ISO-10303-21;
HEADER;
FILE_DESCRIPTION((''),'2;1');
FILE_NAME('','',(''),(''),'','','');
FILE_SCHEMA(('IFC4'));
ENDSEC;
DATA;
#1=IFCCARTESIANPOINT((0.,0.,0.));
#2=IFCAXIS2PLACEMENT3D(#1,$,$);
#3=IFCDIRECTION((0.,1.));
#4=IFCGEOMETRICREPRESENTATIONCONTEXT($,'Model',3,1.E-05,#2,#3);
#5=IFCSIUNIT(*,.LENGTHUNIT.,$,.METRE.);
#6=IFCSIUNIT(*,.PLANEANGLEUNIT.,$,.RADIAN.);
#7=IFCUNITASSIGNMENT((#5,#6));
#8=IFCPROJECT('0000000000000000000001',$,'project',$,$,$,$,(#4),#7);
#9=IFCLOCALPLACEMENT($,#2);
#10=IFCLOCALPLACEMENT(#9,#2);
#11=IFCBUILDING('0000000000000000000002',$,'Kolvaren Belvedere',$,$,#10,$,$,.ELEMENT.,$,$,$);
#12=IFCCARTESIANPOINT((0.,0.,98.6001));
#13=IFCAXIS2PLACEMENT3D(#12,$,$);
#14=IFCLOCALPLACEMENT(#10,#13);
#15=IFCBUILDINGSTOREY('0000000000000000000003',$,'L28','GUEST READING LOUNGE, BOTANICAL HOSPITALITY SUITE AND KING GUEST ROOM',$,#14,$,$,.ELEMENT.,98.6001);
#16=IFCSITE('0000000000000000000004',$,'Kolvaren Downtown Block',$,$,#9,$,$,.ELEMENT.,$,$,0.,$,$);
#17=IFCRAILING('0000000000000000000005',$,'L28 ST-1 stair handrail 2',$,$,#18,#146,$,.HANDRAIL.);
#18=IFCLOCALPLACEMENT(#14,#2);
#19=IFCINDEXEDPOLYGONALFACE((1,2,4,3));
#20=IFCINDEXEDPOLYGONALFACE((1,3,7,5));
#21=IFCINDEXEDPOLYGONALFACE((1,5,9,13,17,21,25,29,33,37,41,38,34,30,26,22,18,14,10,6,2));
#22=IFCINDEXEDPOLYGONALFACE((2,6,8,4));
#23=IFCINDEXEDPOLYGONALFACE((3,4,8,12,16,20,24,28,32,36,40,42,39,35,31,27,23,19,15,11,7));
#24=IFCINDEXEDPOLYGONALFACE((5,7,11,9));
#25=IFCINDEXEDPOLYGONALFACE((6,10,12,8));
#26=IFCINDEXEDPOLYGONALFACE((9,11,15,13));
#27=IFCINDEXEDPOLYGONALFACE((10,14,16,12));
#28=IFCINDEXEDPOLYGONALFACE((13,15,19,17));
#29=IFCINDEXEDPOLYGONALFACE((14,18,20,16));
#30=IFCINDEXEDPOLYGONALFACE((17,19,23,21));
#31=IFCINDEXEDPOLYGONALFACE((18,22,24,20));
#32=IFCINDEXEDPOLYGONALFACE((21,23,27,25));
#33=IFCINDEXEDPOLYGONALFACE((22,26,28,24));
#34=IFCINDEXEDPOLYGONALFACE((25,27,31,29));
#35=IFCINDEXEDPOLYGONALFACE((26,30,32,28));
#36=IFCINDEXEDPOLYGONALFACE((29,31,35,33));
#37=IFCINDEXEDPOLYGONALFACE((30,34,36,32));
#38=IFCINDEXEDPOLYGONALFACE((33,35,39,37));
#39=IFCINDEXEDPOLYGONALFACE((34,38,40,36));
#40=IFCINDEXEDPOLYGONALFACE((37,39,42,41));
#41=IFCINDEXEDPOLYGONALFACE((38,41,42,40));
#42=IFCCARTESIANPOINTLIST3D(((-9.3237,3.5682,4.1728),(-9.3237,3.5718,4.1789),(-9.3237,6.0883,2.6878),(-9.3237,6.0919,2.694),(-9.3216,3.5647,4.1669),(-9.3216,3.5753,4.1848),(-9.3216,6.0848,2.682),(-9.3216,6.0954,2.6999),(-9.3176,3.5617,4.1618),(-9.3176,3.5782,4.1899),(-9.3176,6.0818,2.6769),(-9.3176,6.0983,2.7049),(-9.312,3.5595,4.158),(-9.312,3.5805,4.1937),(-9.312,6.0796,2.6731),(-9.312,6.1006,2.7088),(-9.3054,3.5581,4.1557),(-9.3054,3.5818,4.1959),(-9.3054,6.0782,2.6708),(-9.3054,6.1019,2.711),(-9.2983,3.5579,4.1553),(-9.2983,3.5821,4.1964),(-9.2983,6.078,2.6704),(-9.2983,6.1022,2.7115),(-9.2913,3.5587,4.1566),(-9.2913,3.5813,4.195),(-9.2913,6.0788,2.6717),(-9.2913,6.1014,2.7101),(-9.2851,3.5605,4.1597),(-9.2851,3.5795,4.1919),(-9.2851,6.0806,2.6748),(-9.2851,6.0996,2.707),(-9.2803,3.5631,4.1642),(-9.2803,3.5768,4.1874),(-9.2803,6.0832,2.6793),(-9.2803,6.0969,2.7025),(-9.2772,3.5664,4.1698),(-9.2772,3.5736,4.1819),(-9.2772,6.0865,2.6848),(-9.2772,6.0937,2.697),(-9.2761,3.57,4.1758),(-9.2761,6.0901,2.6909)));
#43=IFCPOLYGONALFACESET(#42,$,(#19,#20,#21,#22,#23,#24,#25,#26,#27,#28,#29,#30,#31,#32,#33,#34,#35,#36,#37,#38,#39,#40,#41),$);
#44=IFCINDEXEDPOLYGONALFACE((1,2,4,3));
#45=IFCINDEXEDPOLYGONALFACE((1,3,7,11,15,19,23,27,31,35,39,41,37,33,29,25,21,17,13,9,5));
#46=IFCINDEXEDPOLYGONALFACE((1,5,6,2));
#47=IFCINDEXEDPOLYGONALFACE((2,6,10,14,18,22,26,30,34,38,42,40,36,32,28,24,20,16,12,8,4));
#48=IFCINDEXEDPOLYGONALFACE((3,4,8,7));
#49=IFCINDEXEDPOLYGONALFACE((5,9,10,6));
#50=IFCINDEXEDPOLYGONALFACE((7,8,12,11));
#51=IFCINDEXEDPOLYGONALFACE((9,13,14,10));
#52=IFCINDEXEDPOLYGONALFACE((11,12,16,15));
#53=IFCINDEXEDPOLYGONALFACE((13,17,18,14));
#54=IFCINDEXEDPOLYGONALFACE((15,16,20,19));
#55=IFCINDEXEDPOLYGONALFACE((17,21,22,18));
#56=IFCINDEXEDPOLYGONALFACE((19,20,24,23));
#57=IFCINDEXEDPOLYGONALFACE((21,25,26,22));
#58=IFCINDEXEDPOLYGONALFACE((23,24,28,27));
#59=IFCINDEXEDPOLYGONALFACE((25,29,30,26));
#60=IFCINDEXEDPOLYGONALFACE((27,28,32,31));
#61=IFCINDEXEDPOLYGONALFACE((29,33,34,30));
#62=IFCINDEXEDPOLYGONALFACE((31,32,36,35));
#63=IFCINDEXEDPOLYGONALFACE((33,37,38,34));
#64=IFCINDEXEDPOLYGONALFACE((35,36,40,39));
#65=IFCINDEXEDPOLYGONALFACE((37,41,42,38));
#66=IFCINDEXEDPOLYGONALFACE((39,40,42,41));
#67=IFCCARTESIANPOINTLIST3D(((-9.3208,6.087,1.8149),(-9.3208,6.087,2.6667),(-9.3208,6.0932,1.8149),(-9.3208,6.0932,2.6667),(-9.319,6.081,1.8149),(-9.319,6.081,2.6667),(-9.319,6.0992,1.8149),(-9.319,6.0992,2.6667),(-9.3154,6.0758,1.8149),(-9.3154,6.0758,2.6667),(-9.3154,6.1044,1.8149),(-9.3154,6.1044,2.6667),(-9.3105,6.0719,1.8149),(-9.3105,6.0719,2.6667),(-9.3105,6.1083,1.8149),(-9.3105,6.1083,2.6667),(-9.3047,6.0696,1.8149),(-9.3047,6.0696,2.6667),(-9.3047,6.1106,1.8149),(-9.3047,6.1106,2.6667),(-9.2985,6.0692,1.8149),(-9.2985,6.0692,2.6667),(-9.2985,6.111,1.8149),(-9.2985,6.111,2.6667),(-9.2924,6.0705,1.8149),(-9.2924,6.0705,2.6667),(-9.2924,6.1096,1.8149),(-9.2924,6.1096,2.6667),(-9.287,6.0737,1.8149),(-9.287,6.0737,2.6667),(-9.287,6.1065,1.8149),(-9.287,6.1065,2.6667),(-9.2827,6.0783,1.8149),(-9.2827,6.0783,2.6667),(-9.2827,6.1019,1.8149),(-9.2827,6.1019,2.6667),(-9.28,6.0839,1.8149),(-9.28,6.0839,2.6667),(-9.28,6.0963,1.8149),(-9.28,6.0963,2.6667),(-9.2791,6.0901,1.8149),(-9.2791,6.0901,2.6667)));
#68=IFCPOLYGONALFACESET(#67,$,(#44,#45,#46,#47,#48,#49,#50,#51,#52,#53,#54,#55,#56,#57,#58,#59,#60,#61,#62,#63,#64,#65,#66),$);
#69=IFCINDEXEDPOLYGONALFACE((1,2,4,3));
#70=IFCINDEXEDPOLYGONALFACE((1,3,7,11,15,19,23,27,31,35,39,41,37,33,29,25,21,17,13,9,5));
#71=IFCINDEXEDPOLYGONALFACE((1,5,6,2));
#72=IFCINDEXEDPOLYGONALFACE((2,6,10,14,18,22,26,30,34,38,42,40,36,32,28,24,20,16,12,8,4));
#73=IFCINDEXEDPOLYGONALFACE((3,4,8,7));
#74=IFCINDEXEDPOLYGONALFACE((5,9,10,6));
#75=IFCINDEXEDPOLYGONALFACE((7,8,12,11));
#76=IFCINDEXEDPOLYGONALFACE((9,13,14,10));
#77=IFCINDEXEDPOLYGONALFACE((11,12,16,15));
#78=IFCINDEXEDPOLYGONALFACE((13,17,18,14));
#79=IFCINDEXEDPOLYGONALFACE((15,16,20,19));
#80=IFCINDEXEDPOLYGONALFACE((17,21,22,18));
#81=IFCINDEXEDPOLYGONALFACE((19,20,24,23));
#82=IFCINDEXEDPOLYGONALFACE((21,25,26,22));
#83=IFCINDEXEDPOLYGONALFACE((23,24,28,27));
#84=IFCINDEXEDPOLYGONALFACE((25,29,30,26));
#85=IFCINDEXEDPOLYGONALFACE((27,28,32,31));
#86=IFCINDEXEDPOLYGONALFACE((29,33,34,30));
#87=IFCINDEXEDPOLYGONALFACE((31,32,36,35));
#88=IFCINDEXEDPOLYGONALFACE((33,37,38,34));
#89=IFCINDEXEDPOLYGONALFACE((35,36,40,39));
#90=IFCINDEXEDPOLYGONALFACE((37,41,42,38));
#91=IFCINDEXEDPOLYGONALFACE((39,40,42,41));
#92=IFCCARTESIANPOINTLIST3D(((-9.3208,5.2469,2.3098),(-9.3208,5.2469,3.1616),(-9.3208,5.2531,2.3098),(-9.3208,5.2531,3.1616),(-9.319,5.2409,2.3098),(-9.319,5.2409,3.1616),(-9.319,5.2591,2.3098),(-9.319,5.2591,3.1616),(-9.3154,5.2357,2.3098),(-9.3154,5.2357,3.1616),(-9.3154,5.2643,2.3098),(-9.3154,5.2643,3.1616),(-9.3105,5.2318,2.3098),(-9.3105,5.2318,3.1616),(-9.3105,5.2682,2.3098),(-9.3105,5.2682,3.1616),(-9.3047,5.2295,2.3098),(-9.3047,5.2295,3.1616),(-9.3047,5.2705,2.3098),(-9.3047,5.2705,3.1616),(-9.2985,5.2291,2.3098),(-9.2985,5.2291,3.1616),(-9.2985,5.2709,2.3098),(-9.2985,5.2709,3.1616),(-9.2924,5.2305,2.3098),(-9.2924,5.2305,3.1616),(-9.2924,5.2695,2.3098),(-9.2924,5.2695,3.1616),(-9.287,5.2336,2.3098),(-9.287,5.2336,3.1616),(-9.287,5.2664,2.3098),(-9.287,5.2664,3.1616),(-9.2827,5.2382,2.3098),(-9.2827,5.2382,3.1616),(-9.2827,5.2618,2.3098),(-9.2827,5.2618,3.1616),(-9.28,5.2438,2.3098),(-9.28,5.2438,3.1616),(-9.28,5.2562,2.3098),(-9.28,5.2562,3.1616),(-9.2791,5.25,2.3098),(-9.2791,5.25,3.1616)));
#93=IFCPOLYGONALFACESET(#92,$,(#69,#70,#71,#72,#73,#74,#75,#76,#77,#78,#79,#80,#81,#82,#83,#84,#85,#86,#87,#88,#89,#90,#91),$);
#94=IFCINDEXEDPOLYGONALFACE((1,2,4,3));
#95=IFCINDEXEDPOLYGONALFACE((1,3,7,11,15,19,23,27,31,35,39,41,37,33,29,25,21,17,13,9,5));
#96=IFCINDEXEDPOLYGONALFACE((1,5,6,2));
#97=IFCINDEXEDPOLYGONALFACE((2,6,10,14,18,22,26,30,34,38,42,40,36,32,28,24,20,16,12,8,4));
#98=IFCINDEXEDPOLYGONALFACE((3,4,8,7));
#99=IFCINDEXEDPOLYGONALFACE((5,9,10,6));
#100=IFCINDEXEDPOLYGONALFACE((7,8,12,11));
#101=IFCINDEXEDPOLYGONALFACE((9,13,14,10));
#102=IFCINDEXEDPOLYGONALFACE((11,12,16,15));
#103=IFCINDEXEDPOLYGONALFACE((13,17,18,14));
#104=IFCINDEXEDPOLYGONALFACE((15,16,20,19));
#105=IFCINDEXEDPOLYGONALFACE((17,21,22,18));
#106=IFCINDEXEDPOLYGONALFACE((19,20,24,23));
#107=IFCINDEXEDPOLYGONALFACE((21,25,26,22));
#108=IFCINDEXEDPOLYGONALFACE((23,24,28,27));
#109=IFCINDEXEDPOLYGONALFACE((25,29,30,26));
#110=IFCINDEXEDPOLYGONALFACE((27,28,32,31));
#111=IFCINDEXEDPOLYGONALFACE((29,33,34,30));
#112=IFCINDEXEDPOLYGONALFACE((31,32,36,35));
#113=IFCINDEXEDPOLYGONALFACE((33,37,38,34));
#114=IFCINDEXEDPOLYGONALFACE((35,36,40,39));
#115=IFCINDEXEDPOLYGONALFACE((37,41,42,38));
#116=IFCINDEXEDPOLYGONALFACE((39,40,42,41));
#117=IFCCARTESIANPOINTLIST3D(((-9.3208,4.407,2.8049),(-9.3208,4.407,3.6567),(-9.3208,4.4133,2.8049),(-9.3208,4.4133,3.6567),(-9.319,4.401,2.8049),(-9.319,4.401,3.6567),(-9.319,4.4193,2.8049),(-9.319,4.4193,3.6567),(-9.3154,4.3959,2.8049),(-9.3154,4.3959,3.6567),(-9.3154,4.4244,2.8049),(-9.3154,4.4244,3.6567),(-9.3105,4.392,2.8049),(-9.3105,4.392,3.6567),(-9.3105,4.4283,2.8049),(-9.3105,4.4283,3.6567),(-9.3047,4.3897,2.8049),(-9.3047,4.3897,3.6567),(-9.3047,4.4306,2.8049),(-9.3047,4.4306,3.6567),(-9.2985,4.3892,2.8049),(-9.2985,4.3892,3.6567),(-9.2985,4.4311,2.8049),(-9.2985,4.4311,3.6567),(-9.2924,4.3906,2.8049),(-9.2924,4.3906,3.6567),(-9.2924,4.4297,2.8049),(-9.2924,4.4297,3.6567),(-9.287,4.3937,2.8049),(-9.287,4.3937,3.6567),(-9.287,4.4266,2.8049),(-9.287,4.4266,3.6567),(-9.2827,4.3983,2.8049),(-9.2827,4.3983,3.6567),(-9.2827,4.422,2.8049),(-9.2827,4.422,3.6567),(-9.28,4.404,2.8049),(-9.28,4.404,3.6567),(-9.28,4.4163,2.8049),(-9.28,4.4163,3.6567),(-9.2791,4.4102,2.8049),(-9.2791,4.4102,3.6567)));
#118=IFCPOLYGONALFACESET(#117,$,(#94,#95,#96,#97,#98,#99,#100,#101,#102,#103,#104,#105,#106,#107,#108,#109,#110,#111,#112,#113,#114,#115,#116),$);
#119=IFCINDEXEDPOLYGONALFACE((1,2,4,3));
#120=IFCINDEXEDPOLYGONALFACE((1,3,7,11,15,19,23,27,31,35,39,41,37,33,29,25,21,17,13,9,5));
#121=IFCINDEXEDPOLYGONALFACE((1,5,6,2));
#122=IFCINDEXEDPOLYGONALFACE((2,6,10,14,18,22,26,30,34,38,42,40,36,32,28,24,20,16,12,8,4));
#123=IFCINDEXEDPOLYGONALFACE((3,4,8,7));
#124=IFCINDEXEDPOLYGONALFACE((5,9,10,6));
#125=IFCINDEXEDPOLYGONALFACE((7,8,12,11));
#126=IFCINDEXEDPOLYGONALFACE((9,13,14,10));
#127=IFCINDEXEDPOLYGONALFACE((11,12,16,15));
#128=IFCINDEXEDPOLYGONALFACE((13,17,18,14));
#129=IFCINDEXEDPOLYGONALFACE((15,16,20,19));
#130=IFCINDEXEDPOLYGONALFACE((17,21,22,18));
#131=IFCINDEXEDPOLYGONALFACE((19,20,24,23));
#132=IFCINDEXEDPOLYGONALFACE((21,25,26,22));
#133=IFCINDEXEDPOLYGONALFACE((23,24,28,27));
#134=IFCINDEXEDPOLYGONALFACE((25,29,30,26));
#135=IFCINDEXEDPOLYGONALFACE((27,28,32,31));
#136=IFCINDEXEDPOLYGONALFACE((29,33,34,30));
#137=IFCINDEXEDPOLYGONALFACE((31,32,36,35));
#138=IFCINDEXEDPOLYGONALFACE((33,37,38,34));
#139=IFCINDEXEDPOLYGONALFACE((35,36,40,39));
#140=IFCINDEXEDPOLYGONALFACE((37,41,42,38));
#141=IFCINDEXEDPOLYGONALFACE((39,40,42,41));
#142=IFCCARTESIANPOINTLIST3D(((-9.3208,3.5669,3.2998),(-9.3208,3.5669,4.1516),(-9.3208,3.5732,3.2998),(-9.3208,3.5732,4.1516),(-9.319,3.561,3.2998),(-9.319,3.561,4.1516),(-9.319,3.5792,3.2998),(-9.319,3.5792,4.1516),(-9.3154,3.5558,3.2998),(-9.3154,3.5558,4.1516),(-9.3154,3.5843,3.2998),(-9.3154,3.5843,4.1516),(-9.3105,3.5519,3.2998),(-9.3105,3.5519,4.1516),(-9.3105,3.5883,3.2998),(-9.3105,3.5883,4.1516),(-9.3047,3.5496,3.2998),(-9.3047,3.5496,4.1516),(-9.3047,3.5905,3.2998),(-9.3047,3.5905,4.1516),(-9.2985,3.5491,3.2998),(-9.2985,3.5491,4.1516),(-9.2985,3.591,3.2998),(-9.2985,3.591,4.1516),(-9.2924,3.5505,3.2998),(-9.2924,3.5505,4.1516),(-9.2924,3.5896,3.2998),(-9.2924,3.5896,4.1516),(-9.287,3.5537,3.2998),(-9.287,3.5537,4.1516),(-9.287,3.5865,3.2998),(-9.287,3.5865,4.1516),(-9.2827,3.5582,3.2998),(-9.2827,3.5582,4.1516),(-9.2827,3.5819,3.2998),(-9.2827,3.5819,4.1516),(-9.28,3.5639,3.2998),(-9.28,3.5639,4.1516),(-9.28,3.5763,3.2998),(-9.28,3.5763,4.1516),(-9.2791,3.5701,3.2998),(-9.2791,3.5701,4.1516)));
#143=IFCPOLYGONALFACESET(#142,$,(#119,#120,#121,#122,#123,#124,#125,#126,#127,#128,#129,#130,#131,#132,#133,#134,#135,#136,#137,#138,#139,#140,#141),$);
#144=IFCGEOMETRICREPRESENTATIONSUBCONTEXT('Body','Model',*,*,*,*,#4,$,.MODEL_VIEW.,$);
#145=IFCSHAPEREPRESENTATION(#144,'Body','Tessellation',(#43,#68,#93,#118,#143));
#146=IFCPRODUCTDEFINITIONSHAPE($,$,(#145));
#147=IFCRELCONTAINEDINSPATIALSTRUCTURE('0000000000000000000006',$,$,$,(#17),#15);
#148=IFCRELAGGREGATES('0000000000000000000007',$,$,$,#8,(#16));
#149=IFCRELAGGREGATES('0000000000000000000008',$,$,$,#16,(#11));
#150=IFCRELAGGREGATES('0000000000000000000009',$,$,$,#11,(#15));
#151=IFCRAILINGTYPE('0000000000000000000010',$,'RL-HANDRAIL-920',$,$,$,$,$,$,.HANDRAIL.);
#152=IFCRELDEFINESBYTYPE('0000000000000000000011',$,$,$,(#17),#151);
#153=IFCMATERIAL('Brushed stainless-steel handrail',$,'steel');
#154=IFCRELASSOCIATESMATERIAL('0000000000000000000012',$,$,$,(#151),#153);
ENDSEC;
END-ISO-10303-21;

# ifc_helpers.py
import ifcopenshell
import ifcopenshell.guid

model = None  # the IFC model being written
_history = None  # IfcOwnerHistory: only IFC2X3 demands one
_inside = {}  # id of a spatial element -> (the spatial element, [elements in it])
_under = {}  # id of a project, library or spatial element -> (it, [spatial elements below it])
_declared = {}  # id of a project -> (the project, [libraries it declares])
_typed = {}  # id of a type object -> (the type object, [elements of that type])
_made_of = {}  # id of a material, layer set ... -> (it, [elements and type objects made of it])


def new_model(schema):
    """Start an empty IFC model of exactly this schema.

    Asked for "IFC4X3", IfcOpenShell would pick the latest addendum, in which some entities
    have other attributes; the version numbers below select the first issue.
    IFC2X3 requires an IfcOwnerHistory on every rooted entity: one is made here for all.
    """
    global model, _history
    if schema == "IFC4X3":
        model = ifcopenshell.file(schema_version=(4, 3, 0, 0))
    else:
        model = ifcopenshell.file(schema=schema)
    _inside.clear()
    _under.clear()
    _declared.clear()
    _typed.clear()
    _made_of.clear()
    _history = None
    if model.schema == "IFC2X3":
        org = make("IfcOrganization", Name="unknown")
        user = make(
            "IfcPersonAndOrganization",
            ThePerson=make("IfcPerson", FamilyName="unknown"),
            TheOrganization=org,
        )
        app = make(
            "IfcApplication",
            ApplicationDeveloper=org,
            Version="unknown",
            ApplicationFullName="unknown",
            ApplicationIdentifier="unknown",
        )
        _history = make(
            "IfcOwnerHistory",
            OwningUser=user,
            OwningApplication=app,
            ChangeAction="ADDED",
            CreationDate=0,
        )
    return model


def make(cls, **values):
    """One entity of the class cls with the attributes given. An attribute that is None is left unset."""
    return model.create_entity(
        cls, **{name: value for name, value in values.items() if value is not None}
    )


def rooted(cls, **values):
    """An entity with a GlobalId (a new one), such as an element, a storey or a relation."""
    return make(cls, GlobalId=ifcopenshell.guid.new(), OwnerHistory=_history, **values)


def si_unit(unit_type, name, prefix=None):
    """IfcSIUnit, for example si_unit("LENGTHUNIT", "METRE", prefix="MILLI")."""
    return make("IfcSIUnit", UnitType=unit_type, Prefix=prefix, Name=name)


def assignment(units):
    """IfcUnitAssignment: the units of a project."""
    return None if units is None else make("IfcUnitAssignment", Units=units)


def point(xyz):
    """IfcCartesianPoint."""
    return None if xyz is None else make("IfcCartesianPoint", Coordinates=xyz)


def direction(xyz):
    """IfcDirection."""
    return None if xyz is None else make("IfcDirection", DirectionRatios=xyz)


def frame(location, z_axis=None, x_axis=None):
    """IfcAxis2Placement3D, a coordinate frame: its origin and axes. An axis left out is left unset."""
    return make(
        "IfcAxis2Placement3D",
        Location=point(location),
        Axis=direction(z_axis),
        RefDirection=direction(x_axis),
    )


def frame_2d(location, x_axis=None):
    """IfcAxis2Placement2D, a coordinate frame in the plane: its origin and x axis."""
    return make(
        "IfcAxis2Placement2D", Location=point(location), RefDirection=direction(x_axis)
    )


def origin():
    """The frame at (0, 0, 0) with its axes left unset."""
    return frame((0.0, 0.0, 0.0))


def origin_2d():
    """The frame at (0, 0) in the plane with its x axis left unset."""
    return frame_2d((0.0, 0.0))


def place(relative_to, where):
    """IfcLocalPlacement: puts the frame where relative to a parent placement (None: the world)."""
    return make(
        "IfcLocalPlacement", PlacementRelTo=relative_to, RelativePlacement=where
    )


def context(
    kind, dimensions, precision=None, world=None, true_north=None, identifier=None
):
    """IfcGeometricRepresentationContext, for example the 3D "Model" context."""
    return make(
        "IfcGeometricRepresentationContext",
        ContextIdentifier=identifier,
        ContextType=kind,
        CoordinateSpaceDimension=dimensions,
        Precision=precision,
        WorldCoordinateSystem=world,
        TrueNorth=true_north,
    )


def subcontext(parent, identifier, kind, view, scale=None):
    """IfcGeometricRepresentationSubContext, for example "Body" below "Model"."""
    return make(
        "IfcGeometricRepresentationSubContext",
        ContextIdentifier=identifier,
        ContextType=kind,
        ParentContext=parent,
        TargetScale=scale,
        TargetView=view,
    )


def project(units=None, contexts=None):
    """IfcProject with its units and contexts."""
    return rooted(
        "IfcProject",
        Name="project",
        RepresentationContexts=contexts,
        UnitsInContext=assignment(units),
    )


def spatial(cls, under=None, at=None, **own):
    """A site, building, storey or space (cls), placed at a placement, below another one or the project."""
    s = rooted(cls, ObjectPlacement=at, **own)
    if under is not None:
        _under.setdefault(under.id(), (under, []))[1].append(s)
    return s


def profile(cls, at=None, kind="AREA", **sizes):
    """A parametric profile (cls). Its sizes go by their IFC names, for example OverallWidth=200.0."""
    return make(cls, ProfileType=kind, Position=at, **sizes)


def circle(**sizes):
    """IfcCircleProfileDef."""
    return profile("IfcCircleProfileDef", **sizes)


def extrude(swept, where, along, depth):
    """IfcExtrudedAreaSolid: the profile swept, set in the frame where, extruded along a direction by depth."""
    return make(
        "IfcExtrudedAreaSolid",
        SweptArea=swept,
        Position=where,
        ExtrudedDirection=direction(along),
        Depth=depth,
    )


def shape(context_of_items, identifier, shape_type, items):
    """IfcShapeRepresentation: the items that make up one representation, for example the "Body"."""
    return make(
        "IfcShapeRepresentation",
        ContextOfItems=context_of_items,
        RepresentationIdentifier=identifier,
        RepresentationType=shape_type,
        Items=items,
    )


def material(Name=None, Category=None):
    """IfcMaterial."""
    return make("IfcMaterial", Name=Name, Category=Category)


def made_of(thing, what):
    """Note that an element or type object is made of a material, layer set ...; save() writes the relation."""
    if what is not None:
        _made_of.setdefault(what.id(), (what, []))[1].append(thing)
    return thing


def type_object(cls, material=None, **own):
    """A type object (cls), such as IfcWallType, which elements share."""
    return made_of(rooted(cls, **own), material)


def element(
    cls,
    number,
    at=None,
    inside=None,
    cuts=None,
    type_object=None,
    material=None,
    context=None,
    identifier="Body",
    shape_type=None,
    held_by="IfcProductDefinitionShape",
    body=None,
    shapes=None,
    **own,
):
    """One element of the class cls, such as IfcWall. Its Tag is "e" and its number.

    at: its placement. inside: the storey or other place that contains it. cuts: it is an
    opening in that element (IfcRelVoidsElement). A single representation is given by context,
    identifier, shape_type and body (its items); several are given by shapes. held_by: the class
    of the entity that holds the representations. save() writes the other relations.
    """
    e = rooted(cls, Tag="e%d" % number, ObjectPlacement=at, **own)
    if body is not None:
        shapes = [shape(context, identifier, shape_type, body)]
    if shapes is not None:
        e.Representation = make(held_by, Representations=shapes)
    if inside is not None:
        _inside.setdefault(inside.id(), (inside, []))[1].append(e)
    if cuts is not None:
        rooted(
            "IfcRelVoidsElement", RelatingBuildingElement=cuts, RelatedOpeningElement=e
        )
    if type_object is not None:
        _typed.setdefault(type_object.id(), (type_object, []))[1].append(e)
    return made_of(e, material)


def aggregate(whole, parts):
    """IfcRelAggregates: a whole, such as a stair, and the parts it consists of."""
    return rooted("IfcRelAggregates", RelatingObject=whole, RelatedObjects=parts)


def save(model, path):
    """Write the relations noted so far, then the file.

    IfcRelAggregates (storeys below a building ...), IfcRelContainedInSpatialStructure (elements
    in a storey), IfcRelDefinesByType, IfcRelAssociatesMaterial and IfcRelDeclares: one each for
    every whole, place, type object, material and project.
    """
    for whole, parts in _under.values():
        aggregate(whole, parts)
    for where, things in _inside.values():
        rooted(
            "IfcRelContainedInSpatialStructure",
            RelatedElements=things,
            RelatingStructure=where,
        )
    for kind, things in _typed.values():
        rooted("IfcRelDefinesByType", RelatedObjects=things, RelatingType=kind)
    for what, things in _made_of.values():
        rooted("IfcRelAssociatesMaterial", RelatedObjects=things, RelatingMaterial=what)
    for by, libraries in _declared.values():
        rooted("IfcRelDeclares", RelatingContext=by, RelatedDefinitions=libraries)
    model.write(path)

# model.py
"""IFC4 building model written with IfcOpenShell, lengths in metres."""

from ifc_helpers import new_model, si_unit, direction, frame, origin, origin_2d, place, context, subcontext, project, spatial, circle, extrude, material, type_object, element, save


model = new_model("IFC4")

# Units and contexts
model_context = context("Model", 3, precision=1e-05, world=origin(), true_north=direction((0.0, 1.0)))
body_context = subcontext(model_context, "Body", "Model", "MODEL_VIEW")
ifc_project = project(units=[si_unit("LENGTHUNIT", "METRE"), si_unit("PLANEANGLEUNIT", "RADIAN")], contexts=[model_context])

# Site, building, storey
site_placement = place(None, origin())
site = spatial("IfcSite", under=ifc_project, at=site_placement, Name="Kolvaren Downtown Block", CompositionType="ELEMENT", RefElevation=0.0)
building_placement = place(site_placement, origin())
building = spatial("IfcBuilding", under=site, at=building_placement, Name="Kolvaren Belvedere", CompositionType="ELEMENT")
storey_placement = place(building_placement, frame((0.0, 0.0, 98.6001)))
storey = spatial("IfcBuildingStorey", under=building, at=storey_placement, Name="L28", Description="GUEST READING LOUNGE, BOTANICAL HOSPITALITY SUITE AND KING GUEST ROOM", CompositionType="ELEMENT", Elevation=98.6001)

# Railing
ifc_material_1 = material(Name="Brushed stainless-steel handrail", Category="steel")
railing_type = type_object("IfcRailingType", Name="RL-HANDRAIL-920", PredefinedType="HANDRAIL", material=ifc_material_1)
railing_placement = place(storey_placement, frame((-9.3, 6.0901, 1.8149)))
element("IfcRailing", 1, at=railing_placement, inside=storey, type_object=railing_type, Name="L28 ST-1 stair handrail 2", PredefinedType="HANDRAIL", context=body_context, shape_type="SweptSolid", body=[
    extrude(circle(Radius=0.0239, at=origin_2d()), frame((0.0, 0.0, 0.876), z_axis=(0.0, -0.861561, 0.507655), x_axis=(1.0, 0.0, 0.0)), (0.0, 0.0, 1.0), 2.925),
    extrude(circle(Radius=0.021, at=origin_2d()), origin(), (0.0, 0.0, 1.0), 0.8518),
    extrude(circle(Radius=0.021, at=origin_2d()), frame((0.0, -0.8401, 0.4949)), (0.0, 0.0, 1.0), 0.8518),
    extrude(circle(Radius=0.021, at=origin_2d()), frame((0.0, -1.6799, 0.99)), (0.0, 0.0, 1.0), 0.8518),
    extrude(circle(Radius=0.021, at=origin_2d()), frame((0.0, -2.52, 1.4849)), (0.0, 0.0, 1.0), 0.8518),
])

save(model, "model.ifc")
